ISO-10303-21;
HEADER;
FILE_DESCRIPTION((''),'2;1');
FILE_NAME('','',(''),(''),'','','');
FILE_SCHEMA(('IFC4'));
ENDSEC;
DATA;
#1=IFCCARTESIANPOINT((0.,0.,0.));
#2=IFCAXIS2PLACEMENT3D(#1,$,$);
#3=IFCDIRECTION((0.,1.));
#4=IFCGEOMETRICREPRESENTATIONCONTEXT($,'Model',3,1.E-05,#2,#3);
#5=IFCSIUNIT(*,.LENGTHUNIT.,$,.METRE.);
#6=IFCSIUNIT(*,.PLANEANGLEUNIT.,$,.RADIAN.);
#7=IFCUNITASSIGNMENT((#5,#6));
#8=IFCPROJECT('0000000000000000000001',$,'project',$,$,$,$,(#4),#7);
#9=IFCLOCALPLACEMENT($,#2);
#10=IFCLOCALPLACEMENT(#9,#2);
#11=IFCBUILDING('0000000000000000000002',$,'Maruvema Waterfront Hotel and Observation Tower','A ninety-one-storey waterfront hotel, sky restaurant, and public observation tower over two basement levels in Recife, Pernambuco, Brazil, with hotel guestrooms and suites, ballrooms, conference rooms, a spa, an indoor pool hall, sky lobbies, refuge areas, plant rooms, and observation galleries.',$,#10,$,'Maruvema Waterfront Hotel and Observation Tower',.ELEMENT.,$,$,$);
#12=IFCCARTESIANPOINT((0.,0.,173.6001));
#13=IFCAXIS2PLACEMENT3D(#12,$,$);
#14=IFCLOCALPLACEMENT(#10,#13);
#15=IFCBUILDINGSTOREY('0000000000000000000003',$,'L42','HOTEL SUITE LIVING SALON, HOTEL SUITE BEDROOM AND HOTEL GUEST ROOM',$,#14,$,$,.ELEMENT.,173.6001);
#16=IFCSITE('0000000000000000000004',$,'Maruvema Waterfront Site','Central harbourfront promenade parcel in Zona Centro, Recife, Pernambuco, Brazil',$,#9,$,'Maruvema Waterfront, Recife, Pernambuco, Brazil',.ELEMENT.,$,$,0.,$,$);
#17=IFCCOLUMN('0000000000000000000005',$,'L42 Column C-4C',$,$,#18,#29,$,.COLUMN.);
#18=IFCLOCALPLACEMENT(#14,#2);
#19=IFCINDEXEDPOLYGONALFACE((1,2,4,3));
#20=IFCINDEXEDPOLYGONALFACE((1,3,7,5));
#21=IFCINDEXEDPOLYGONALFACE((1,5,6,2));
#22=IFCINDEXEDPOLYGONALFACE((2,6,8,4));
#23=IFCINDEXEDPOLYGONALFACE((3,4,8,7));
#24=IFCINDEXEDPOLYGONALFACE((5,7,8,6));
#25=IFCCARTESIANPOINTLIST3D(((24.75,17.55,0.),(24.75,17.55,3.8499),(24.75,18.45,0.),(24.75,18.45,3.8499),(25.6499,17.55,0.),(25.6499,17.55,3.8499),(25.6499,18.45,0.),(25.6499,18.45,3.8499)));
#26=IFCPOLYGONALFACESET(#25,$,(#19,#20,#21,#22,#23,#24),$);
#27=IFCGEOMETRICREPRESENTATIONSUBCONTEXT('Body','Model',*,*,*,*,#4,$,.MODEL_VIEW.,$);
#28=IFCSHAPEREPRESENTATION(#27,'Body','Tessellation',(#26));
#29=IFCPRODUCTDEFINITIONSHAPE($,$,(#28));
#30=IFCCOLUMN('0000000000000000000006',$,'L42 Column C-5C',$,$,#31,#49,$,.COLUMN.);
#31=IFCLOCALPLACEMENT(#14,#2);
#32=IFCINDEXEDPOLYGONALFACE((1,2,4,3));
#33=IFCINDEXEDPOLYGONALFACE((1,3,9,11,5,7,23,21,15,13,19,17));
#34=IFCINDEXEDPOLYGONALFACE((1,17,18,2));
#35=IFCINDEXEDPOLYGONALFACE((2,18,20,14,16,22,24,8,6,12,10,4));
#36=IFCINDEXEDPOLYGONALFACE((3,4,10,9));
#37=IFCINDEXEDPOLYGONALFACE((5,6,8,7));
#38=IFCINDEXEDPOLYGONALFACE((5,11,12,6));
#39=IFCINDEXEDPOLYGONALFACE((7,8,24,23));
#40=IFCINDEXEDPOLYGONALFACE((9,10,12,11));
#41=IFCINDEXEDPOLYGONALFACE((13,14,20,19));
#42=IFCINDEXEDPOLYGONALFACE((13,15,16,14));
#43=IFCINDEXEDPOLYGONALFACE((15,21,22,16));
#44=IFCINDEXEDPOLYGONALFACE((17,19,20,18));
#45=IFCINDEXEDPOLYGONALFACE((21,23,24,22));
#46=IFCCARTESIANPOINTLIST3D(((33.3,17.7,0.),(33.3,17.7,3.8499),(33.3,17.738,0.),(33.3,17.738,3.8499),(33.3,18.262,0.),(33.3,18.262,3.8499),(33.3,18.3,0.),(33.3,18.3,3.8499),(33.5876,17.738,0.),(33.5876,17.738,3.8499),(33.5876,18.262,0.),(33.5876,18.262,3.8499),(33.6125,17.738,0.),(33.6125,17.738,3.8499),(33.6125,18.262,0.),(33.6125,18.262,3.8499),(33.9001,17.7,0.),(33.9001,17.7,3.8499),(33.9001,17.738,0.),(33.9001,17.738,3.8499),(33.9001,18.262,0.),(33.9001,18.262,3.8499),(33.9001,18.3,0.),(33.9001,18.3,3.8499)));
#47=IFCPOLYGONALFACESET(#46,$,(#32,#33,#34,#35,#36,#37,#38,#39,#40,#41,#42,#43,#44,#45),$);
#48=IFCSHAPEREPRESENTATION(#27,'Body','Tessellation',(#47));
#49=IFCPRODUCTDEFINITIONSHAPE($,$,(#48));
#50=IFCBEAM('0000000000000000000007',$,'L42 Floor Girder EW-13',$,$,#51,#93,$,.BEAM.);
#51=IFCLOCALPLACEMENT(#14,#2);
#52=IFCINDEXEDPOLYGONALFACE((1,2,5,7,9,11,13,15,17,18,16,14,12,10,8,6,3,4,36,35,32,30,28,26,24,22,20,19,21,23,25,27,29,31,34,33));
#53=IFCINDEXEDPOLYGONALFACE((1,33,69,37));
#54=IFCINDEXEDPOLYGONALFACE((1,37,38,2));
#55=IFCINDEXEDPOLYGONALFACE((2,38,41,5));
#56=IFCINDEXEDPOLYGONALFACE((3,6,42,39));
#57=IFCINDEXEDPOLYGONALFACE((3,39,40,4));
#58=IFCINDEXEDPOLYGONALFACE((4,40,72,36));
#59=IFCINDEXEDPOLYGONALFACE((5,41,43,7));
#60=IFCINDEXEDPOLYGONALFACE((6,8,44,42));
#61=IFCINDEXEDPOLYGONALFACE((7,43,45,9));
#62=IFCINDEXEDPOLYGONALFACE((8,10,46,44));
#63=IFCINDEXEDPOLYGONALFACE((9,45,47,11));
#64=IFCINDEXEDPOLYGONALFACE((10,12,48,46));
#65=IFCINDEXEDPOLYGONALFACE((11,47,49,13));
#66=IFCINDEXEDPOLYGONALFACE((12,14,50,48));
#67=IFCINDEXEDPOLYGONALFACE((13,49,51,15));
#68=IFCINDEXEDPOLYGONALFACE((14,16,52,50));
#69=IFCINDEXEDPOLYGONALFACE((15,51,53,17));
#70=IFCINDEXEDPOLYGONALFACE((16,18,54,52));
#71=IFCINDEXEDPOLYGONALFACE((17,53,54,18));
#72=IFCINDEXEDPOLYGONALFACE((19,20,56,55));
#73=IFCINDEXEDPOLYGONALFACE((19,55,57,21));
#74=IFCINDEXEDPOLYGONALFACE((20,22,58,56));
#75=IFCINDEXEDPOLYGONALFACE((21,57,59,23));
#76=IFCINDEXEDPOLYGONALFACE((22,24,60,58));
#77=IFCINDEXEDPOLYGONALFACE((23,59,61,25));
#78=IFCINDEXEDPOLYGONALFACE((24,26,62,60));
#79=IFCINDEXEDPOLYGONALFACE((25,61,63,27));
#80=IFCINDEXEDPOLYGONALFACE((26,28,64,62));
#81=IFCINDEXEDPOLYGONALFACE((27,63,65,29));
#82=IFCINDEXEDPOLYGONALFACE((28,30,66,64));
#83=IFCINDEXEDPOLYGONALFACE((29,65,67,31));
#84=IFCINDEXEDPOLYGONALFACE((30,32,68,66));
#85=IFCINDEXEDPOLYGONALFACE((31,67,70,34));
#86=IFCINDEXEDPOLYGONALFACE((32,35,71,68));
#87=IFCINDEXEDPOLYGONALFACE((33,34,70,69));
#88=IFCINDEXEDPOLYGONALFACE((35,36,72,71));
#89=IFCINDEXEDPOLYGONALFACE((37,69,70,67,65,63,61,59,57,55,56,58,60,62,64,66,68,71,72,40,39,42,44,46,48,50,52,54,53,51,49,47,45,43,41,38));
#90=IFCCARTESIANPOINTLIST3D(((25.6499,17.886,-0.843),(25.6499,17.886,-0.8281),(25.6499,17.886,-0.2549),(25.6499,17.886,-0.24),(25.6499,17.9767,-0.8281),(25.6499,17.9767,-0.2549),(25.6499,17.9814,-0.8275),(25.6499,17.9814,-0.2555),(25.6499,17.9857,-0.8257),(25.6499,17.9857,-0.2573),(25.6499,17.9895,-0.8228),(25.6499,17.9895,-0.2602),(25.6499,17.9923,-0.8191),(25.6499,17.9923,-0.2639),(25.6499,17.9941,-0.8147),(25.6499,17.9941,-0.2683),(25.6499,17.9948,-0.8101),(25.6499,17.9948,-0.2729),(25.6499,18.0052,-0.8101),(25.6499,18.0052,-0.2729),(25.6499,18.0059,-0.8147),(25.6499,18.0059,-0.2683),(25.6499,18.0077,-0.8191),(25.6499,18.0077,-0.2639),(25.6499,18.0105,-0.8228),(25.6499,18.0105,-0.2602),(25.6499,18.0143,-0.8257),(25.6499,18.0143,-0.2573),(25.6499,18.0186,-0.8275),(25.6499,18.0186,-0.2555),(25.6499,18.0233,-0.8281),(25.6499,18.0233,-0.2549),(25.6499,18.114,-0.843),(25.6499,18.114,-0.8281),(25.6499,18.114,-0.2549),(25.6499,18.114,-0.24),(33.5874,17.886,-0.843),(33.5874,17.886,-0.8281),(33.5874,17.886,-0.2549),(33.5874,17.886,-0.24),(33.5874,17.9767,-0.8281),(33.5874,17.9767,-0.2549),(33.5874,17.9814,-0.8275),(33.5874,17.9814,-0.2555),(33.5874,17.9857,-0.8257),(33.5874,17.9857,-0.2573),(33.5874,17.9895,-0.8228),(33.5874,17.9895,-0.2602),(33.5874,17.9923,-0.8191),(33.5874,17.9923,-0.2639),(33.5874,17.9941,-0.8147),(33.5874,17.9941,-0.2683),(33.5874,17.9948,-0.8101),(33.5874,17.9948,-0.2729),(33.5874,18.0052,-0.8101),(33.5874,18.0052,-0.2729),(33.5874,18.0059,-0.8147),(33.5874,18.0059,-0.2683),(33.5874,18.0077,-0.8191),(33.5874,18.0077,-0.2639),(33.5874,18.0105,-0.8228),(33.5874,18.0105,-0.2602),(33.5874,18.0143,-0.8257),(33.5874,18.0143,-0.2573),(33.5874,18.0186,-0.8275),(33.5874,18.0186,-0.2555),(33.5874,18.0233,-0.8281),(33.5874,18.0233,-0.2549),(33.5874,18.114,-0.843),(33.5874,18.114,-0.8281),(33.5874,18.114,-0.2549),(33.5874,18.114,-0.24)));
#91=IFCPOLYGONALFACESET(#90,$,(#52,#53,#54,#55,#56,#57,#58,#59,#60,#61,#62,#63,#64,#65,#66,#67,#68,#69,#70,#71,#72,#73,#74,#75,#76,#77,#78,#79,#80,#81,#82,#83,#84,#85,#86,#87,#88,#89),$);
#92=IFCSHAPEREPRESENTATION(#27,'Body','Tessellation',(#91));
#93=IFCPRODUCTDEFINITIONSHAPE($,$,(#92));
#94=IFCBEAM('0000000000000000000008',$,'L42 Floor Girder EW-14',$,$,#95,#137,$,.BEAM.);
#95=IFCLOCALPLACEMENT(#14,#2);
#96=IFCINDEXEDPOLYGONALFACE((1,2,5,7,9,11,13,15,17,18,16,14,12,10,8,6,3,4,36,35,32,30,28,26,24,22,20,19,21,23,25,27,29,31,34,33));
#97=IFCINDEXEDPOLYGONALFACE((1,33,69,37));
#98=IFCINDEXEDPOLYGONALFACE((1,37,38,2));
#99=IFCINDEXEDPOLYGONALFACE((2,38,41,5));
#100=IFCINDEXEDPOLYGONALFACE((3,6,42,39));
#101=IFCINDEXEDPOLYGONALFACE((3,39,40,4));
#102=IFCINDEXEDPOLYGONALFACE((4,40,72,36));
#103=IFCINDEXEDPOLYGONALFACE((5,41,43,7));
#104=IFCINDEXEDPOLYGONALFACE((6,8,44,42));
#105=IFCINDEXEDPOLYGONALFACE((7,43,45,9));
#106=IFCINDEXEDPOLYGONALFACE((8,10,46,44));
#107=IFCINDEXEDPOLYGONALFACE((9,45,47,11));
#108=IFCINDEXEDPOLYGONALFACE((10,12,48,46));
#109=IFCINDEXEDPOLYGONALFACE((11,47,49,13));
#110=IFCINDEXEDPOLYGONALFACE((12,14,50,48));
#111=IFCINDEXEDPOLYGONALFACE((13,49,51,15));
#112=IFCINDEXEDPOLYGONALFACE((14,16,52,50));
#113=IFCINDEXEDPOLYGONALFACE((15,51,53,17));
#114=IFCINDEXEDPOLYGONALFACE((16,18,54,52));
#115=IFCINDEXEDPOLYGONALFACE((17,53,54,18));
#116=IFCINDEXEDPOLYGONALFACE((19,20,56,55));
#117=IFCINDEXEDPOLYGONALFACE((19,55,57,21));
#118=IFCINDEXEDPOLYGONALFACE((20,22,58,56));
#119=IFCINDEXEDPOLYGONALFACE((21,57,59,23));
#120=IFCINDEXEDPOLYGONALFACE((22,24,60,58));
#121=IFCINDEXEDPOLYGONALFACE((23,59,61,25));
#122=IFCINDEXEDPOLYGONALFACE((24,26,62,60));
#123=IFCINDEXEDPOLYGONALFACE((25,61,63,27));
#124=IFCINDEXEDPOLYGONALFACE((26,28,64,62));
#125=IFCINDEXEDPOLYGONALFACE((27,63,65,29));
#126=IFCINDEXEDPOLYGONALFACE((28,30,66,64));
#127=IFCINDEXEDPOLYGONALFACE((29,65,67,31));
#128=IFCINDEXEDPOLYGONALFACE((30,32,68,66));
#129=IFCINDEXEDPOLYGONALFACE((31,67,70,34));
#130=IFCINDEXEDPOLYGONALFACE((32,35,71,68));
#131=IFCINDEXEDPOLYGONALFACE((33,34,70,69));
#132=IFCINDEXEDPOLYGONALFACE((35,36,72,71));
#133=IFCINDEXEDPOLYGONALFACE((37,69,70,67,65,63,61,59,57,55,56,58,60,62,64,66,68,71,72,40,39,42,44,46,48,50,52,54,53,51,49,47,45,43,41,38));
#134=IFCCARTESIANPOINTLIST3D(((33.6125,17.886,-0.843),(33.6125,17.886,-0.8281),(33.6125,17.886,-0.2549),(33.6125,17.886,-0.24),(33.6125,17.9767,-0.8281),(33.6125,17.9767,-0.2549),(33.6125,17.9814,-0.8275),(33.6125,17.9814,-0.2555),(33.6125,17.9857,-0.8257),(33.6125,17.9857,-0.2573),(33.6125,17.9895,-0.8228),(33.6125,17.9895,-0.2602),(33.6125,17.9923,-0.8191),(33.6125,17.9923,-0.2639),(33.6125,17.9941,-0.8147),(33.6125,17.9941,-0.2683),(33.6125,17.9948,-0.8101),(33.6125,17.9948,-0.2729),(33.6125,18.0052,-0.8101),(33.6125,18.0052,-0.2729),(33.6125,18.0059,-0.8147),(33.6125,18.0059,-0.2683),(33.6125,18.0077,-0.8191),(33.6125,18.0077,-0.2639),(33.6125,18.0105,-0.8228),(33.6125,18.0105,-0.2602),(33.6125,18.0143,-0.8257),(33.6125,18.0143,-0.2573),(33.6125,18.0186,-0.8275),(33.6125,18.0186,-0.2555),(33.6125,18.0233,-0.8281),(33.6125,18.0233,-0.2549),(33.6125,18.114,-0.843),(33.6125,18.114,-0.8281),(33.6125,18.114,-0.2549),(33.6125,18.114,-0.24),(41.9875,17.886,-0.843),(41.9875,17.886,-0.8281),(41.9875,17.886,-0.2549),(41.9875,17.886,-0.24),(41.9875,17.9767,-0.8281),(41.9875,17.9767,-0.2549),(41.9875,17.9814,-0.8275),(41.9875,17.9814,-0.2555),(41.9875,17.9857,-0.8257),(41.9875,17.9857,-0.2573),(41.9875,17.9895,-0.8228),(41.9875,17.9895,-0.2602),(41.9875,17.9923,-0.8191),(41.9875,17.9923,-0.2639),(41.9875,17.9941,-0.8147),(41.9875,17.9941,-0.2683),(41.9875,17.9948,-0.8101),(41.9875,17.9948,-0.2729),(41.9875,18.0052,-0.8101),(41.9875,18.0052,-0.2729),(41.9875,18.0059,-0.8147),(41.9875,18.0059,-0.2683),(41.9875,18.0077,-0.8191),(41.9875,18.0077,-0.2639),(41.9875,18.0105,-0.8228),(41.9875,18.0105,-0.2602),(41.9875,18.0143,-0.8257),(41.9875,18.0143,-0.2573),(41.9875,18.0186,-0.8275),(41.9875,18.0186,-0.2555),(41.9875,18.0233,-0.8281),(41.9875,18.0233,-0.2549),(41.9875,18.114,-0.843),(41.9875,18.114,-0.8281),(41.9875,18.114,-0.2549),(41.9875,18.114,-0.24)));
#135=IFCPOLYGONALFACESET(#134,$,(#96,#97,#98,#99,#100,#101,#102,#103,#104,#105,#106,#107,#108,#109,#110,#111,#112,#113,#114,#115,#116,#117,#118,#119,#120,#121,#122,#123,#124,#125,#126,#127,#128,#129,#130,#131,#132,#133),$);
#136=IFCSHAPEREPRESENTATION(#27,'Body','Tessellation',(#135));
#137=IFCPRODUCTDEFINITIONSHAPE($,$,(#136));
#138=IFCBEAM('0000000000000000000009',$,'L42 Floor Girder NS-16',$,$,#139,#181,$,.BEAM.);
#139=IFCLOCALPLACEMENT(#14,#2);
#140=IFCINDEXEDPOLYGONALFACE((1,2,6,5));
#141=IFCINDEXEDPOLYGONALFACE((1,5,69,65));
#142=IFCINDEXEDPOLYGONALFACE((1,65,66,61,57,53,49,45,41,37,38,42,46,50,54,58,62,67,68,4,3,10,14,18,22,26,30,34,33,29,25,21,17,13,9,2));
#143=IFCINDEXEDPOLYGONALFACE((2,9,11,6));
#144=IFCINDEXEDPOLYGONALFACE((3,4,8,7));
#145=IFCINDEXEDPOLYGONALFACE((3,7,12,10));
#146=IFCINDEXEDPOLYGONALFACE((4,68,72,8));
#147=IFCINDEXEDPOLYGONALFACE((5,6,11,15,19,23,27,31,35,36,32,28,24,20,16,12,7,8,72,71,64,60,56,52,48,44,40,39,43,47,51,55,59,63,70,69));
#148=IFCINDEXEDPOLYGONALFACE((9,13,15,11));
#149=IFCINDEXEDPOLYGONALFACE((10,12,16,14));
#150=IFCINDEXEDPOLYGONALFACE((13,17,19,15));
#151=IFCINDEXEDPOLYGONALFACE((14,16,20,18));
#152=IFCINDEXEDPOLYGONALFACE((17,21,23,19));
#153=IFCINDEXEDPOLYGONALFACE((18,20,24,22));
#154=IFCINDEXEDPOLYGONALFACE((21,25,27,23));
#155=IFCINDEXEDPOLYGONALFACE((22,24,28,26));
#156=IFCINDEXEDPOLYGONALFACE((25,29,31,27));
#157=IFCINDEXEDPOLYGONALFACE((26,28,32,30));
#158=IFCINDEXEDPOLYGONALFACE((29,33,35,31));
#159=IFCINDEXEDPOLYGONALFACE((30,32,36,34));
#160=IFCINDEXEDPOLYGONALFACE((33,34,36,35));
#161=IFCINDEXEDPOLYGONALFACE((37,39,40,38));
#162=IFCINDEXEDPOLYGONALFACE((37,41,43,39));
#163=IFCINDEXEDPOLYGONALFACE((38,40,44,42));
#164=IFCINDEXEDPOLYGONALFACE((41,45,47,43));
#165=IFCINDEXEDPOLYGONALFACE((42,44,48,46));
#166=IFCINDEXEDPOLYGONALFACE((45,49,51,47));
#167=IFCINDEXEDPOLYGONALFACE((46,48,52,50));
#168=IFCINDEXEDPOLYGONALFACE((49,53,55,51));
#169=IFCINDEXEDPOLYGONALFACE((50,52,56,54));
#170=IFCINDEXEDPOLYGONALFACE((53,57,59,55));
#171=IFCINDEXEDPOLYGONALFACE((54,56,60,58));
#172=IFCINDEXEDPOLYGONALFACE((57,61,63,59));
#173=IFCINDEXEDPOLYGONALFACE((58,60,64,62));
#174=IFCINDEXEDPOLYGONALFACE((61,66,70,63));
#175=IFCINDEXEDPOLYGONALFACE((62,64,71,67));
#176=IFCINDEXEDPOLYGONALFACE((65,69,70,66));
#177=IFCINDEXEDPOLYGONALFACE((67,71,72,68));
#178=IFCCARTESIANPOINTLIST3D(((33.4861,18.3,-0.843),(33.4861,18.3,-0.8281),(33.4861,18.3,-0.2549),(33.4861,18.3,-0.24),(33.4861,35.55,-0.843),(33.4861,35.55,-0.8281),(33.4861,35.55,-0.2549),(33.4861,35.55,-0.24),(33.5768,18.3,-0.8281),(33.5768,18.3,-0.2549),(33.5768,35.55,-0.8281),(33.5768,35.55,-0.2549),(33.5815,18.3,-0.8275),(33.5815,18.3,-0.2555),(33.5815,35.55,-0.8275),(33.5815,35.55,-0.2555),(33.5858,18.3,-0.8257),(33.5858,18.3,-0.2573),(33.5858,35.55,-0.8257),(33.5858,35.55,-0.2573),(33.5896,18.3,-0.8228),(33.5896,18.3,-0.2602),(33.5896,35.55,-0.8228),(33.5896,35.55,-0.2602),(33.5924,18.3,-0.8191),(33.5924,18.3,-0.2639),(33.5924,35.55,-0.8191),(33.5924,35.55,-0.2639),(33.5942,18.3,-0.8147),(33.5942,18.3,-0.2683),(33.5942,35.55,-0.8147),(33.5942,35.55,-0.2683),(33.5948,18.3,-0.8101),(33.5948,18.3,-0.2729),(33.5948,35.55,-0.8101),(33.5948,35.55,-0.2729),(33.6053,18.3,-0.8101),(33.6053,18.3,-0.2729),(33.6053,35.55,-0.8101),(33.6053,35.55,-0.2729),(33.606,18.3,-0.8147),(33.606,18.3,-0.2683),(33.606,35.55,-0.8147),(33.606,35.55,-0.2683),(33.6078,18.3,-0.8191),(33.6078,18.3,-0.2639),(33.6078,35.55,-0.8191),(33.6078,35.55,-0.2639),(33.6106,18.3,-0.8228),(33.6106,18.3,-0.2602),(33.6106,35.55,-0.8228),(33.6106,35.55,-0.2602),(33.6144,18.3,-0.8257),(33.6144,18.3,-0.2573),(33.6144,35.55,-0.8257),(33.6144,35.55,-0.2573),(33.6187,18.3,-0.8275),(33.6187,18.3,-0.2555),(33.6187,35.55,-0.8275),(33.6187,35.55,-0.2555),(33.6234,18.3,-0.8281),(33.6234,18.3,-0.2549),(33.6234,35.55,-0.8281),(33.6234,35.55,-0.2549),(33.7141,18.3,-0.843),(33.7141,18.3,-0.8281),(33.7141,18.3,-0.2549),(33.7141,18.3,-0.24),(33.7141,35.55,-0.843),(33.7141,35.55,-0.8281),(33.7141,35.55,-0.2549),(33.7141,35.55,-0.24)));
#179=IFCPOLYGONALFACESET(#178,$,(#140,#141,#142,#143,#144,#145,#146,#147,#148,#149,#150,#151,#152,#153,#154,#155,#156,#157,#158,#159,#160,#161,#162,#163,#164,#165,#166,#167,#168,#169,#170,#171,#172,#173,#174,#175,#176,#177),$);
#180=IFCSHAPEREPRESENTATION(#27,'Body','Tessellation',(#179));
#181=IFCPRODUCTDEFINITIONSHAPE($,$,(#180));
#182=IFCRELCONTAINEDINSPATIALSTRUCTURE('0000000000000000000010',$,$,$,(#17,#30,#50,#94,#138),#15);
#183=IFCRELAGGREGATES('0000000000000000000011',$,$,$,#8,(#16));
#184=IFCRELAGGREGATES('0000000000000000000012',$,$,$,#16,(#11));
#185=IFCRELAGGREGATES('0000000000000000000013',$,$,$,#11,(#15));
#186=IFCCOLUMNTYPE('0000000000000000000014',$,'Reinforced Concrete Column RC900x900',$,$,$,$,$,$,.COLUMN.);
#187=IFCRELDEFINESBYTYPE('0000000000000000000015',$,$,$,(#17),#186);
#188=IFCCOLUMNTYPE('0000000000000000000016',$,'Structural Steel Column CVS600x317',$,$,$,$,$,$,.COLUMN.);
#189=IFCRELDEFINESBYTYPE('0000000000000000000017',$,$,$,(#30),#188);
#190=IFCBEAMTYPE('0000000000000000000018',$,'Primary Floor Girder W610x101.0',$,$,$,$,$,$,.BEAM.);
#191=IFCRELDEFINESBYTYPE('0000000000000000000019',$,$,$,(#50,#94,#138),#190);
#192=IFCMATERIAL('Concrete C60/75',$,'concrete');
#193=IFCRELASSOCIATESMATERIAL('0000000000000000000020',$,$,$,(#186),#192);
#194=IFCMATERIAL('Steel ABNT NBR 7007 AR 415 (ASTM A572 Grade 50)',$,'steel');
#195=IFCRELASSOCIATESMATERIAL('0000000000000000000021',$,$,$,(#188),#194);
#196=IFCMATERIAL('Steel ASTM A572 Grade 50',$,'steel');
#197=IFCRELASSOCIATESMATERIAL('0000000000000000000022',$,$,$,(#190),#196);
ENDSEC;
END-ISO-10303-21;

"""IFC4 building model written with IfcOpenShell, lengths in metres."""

from ifc_helpers import new_model, si_unit, direction, frame, origin, origin_2d, place, context, subcontext, project, spatial, rectangle, i_section, extrude, material, material_profile, profile_set, type_object, element, save


model = new_model("IFC4")

# Units and contexts
model_context = context("Model", 3, precision=1e-05, world=origin(), true_north=direction((0.0, 1.0)))
body_context = subcontext(model_context, "Body", "Model", "MODEL_VIEW")
ifc_project = project(units=[si_unit("LENGTHUNIT", "METRE"), si_unit("PLANEANGLEUNIT", "RADIAN")], contexts=[model_context])

# Site, building, storey
site_placement = place(None, origin())
site = spatial("IfcSite", under=ifc_project, at=site_placement, Name="Maruvema Waterfront Site", Description="Central harbourfront promenade parcel in Zona Centro, Recife, Pernambuco, Brazil", LongName="Maruvema Waterfront, Recife, Pernambuco, Brazil", CompositionType="ELEMENT", RefElevation=0.0)
building_placement = place(site_placement, origin())
building = spatial("IfcBuilding", under=site, at=building_placement, Name="Maruvema Waterfront Hotel and Observation Tower", Description="A ninety-one-storey waterfront hotel, sky restaurant, and public observation tower over two basement levels in Recife, Pernambuco, Brazil, with hotel guestrooms and suites, ballrooms, conference rooms, a spa, an indoor pool hall, sky lobbies, refuge areas, plant rooms, and observation galleries.", LongName="Maruvema Waterfront Hotel and Observation Tower", CompositionType="ELEMENT")
storey_placement = place(building_placement, frame((0.0, 0.0, 173.6001)))
storey = spatial("IfcBuildingStorey", under=building, at=storey_placement, Name="L42", Description="HOTEL SUITE LIVING SALON, HOTEL SUITE BEDROOM AND HOTEL GUEST ROOM", CompositionType="ELEMENT", Elevation=173.6001)

# Columns
ifc_material_1 = material(Name="Concrete C60/75", Category="concrete")
ifc_material_profile_1 = material_profile(ifc_material_1, rectangle(XDim=0.8999, YDim=0.8999, at=origin_2d()), Name="RC900x900")
ifc_profile_set_1 = profile_set([ifc_material_profile_1], Name="Concrete C60/75")
column_type_1 = type_object("IfcColumnType", Name="Reinforced Concrete Column RC900x900", PredefinedType="COLUMN", material=ifc_profile_set_1)
column_1_placement = place(storey_placement, frame((25.2, 18.0, 0.0), z_axis=(0.0, 0.0, 1.0), x_axis=(1.0, 0.0, 0.0)))
element("IfcColumn", 1, at=column_1_placement, inside=storey, type_object=column_type_1, Name="L42 Column C-4C", PredefinedType="COLUMN", context=body_context, shape_type="SweptSolid", body=[
    extrude(rectangle(XDim=0.8999, YDim=0.8999, at=origin_2d()), origin(), (0.0, 0.0, 1.0), 3.8499),
])
ifc_material_2 = material(Name="Steel ABNT NBR 7007 AR 415 (ASTM A572 Grade 50)", Category="steel")
ifc_material_profile_2 = material_profile(ifc_material_2, i_section(OverallWidth=0.6001, OverallDepth=0.6001, WebThickness=0.0249, FlangeThickness=0.0381, at=origin_2d()), Name="CVS600x317")
ifc_profile_set_2 = profile_set([ifc_material_profile_2], Name="Steel ABNT NBR 7007 AR 415 (ASTM A572 Grade 50)")
column_type_2 = type_object("IfcColumnType", Name="Structural Steel Column CVS600x317", PredefinedType="COLUMN", material=ifc_profile_set_2)
column_2_placement = place(storey_placement, frame((33.6001, 18.0, 0.0), z_axis=(0.0, 0.0, 1.0), x_axis=(1.0, 0.0, 0.0)))
element("IfcColumn", 2, at=column_2_placement, inside=storey, type_object=column_type_2, Name="L42 Column C-5C", PredefinedType="COLUMN", context=body_context, shape_type="SweptSolid", body=[
    extrude(i_section(OverallWidth=0.6001, OverallDepth=0.6001, WebThickness=0.0249, FlangeThickness=0.0381, at=origin_2d()), origin(), (0.0, 0.0, 1.0), 3.8499),
])

# Beams
ifc_material_3 = material(Name="Steel ASTM A572 Grade 50", Category="steel")
ifc_material_profile_3 = material_profile(ifc_material_3, i_section(OverallWidth=0.228, OverallDepth=0.603, WebThickness=0.0105, FlangeThickness=0.0149, FilletRadius=0.0181, at=origin_2d()), Name="W610x101.0")
ifc_profile_set_3 = profile_set([ifc_material_profile_3], Name="Steel ASTM A572 Grade 50")
beam_type_1 = type_object("IfcBeamType", Name="Primary Floor Girder W610x101.0", PredefinedType="BEAM", material=ifc_profile_set_3)
beam_1_placement = place(storey_placement, frame((25.6499, 18.0, -0.5415), z_axis=(1.0, 0.0, 0.0), x_axis=(0.0, 1.0, 0.0)))
element("IfcBeam", 3, at=beam_1_placement, inside=storey, type_object=beam_type_1, Name="L42 Floor Girder EW-13", PredefinedType="BEAM", context=body_context, shape_type="SweptSolid", body=[
    extrude(i_section(OverallWidth=0.228, OverallDepth=0.603, WebThickness=0.0105, FlangeThickness=0.0149, FilletRadius=0.0181, at=origin_2d()), origin(), (0.0, 0.0, 1.0), 7.9375),
])
beam_2_placement = place(storey_placement, frame((33.6125, 18.0, -0.5415), z_axis=(1.0, 0.0, 0.0), x_axis=(0.0, 1.0, 0.0)))
element("IfcBeam", 4, at=beam_2_placement, inside=storey, type_object=beam_type_1, Name="L42 Floor Girder EW-14", PredefinedType="BEAM", context=body_context, shape_type="SweptSolid", body=[
    extrude(i_section(OverallWidth=0.228, OverallDepth=0.603, WebThickness=0.0105, FlangeThickness=0.0149, FilletRadius=0.0181, at=origin_2d()), origin(), (0.0, 0.0, 1.0), 8.375),
])
beam_3_placement = place(storey_placement, frame((33.6001, 18.3, -0.5415), z_axis=(0.0, 1.0, 0.0), x_axis=(-1.0, 0.0, 0.0)))
element("IfcBeam", 5, at=beam_3_placement, inside=storey, type_object=beam_type_1, Name="L42 Floor Girder NS-16", PredefinedType="BEAM", context=body_context, shape_type="SweptSolid", body=[
    extrude(i_section(OverallWidth=0.228, OverallDepth=0.603, WebThickness=0.0105, FlangeThickness=0.0149, FilletRadius=0.0181, at=origin_2d()), origin(), (0.0, 0.0, 1.0), 17.25),
])

save(model, "model.ifc")
